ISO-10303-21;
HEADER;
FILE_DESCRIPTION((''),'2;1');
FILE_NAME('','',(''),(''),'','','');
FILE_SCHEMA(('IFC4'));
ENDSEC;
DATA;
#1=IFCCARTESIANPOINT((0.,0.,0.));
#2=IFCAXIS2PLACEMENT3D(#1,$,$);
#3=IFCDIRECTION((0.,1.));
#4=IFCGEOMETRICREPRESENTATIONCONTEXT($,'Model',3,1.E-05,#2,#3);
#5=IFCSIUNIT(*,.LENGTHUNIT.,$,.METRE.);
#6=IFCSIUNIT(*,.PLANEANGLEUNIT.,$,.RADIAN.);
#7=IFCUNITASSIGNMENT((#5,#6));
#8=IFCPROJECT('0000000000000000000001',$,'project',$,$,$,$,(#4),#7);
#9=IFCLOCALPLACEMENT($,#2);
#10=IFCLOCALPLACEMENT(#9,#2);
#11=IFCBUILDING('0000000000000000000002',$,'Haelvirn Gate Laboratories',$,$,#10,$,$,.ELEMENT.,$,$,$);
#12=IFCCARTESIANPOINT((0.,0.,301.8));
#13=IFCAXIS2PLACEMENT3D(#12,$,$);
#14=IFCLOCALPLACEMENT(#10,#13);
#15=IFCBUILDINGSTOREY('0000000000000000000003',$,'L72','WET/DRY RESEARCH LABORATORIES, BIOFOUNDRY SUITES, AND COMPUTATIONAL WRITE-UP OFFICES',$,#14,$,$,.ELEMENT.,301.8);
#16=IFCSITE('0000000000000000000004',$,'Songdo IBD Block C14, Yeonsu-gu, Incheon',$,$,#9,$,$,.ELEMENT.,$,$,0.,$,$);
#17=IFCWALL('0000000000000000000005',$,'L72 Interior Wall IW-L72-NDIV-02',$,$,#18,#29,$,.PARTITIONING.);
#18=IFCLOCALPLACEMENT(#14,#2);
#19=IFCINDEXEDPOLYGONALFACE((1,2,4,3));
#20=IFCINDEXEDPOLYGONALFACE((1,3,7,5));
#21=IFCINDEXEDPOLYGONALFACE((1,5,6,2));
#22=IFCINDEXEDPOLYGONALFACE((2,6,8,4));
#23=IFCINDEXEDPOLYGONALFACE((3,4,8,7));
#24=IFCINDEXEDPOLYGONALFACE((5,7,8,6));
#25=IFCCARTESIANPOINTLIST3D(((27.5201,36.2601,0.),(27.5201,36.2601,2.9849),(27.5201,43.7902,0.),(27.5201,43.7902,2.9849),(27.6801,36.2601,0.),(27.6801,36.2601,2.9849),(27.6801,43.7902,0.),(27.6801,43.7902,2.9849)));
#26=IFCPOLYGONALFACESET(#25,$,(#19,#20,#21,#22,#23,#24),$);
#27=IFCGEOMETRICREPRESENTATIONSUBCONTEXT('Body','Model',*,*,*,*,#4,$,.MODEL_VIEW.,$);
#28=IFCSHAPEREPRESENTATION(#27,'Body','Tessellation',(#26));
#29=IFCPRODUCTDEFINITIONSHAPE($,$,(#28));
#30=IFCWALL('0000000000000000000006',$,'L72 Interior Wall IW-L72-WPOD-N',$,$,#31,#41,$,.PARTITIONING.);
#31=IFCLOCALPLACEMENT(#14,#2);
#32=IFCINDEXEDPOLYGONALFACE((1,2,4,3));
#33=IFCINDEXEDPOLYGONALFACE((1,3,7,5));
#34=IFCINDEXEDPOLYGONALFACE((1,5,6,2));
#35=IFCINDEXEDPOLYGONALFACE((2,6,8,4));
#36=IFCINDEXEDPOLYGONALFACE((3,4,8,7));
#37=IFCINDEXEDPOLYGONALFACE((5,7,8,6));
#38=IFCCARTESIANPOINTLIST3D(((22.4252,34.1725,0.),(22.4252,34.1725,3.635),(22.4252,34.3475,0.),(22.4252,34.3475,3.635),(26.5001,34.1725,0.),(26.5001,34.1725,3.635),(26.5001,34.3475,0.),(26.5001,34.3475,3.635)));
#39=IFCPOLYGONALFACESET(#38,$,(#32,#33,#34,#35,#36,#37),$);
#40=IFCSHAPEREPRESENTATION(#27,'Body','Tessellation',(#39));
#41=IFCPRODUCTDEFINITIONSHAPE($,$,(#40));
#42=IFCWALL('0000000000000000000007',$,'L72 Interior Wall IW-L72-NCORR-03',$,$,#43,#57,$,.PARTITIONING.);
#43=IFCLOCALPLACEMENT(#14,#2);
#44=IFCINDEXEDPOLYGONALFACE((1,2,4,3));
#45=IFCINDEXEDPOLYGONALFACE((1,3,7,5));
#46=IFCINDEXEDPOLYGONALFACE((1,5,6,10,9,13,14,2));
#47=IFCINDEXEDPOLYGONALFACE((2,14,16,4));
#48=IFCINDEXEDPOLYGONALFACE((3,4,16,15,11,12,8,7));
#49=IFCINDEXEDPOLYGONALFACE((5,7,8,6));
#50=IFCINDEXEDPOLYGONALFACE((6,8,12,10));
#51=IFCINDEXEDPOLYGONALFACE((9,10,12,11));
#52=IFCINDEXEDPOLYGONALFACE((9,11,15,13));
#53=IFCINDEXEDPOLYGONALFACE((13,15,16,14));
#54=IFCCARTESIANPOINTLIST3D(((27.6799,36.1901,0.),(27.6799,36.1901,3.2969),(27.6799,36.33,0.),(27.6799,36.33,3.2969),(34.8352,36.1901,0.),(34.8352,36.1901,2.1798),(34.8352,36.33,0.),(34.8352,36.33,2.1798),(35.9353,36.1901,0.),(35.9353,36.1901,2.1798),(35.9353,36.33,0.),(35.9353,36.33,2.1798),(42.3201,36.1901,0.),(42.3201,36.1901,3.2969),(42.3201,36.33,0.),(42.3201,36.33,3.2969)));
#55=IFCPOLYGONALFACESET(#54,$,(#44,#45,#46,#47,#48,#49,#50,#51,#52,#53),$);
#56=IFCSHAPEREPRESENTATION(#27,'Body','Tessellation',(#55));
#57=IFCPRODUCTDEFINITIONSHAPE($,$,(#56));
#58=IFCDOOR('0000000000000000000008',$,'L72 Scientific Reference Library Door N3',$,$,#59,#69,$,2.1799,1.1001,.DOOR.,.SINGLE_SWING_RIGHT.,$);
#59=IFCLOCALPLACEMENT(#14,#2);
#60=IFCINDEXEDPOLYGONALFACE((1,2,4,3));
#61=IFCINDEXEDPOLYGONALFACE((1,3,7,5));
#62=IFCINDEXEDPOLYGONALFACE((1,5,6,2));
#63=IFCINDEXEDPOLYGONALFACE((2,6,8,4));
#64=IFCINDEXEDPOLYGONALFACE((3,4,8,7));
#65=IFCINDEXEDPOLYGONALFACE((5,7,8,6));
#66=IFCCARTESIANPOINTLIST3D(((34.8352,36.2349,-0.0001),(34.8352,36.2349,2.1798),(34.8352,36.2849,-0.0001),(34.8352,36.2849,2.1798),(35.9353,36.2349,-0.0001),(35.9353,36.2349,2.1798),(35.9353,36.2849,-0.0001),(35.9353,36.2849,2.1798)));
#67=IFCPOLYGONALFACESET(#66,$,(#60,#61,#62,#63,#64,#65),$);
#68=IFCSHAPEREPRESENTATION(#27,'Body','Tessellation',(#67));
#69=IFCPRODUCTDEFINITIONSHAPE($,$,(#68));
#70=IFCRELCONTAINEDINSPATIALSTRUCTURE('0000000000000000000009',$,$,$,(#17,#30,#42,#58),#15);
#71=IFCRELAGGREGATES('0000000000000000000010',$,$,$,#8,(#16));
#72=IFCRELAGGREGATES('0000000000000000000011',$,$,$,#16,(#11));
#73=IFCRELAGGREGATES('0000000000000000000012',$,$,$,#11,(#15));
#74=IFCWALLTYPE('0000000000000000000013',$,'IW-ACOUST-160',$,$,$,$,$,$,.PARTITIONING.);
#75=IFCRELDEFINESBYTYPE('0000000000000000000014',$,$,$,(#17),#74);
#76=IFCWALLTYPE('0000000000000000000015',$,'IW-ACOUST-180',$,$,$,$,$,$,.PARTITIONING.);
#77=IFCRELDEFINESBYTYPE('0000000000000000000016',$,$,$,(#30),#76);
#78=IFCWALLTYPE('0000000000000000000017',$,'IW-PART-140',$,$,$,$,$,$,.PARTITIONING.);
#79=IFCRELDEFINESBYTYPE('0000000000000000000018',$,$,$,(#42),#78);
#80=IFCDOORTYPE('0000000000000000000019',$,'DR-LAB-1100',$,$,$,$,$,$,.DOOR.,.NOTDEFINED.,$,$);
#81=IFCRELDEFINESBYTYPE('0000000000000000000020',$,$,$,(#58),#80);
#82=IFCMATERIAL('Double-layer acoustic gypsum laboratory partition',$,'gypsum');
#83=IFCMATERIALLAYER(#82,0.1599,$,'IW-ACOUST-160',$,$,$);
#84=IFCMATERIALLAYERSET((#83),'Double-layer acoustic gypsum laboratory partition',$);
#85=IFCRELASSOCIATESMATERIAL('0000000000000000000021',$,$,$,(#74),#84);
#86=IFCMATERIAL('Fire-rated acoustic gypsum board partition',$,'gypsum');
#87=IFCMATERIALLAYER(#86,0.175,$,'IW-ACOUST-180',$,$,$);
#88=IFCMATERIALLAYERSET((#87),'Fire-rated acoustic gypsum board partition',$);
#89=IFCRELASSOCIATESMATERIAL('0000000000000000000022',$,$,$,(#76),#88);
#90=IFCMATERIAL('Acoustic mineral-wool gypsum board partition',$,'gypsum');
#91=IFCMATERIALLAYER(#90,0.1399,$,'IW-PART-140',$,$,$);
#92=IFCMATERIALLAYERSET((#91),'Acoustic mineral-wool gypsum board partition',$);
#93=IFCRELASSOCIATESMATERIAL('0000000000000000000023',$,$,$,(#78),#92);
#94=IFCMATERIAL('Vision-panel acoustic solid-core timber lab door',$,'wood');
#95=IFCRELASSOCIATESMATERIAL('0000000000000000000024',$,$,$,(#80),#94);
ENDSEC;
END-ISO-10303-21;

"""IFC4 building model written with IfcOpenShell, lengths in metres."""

from ifc_helpers import new_model, si_unit, direction, frame, frame_2d, origin, place, context, subcontext, project, spatial, rectangle, extrude, source, transform, mapped, material, layer, layer_set, type_object, type_shapes, element, fill, save


model = new_model("IFC4")

# Units and contexts
model_context = context("Model", 3, precision=1e-05, world=origin(), true_north=direction((0.0, 1.0)))
body_context = subcontext(model_context, "Body", "Model", "MODEL_VIEW")
ifc_project = project(units=[si_unit("LENGTHUNIT", "METRE"), si_unit("PLANEANGLEUNIT", "RADIAN")], contexts=[model_context])

# Site, building, storey
site_placement = place(None, origin())
site = spatial("IfcSite", under=ifc_project, at=site_placement, Name="Songdo IBD Block C14, Yeonsu-gu, Incheon", CompositionType="ELEMENT", RefElevation=0.0)
building_placement = place(site_placement, origin())
building = spatial("IfcBuilding", under=site, at=building_placement, Name="Haelvirn Gate Laboratories", CompositionType="ELEMENT")
storey_placement = place(building_placement, frame((0.0, 0.0, 301.8)))
storey = spatial("IfcBuildingStorey", under=building, at=storey_placement, Name="L72", Description="WET/DRY RESEARCH LABORATORIES, BIOFOUNDRY SUITES, AND COMPUTATIONAL WRITE-UP OFFICES", CompositionType="ELEMENT", Elevation=301.8)

# Walls
ifc_material_1 = material(Name="Double-layer acoustic gypsum laboratory partition", Category="gypsum")
ifc_layer_1 = layer(ifc_material_1, 0.1599, Name="IW-ACOUST-160")
ifc_layer_set_1 = layer_set([ifc_layer_1], Name="Double-layer acoustic gypsum laboratory partition")
wall_type_1 = type_object("IfcWallType", Name="IW-ACOUST-160", PredefinedType="PARTITIONING", material=ifc_layer_set_1)
wall_1_placement = place(storey_placement, frame((27.6001, 36.26, 0.0), z_axis=(0.0, 0.0, 1.0), x_axis=(0.0, 1.0, 0.0)))
element("IfcWall", 1, at=wall_1_placement, inside=storey, type_object=wall_type_1, Name="L72 Interior Wall IW-L72-NDIV-02", PredefinedType="PARTITIONING", context=body_context, shape_type="SweptSolid", body=[
    extrude(rectangle(XDim=7.53, YDim=0.1599, at=frame_2d((3.7651, 0.0))), origin(), (0.0, 0.0, 1.0), 2.9849),
])
ifc_material_2 = material(Name="Fire-rated acoustic gypsum board partition", Category="gypsum")
ifc_layer_2 = layer(ifc_material_2, 0.175, Name="IW-ACOUST-180")
ifc_layer_set_2 = layer_set([ifc_layer_2], Name="Fire-rated acoustic gypsum board partition")
wall_type_2 = type_object("IfcWallType", Name="IW-ACOUST-180", PredefinedType="PARTITIONING", material=ifc_layer_set_2)
wall_2_placement = place(storey_placement, frame((22.425, 34.26, 0.0), z_axis=(0.0, 0.0, 1.0), x_axis=(1.0, 0.0, 0.0)))
element("IfcWall", 2, at=wall_2_placement, inside=storey, type_object=wall_type_2, Name="L72 Interior Wall IW-L72-WPOD-N", PredefinedType="PARTITIONING", context=body_context, shape_type="SweptSolid", body=[
    extrude(rectangle(XDim=4.075, YDim=0.175, at=frame_2d((2.0376, 0.0))), origin(), (0.0, 0.0, 1.0), 3.635),
])

# Wall, opening, door
ifc_material_3 = material(Name="Acoustic mineral-wool gypsum board partition", Category="gypsum")
ifc_layer_3 = layer(ifc_material_3, 0.1399, Name="IW-PART-140")
ifc_layer_set_3 = layer_set([ifc_layer_3], Name="Acoustic mineral-wool gypsum board partition")
wall_type_3 = type_object("IfcWallType", Name="IW-PART-140", PredefinedType="PARTITIONING", material=ifc_layer_set_3)
wall_3_placement = place(storey_placement, frame((27.6799, 36.26, 0.0), z_axis=(0.0, 0.0, 1.0), x_axis=(1.0, 0.0, 0.0)))
wall_3 = element("IfcWall", 3, at=wall_3_placement, inside=storey, type_object=wall_type_3, Name="L72 Interior Wall IW-L72-NCORR-03", PredefinedType="PARTITIONING", context=body_context, shape_type="SweptSolid", body=[
    extrude(rectangle(XDim=14.6401, YDim=0.1399, at=frame_2d((7.3201, 0.0))), origin(), (0.0, 0.0, 1.0), 3.2969),
])
opening_placement = place(wall_3_placement, frame((7.1553, 0.0, 0.0)))
opening = element("IfcOpeningElement", 4, at=opening_placement, cuts=wall_3, PredefinedType="OPENING", context=body_context, shape_type="SweptSolid", body=[
    extrude(rectangle(XDim=1.1001, YDim=2.1799, at=frame_2d((0.55, 1.0898))), frame((0.0, 0.0801, 0.0), z_axis=(0.0, -1.0, 0.0), x_axis=(1.0, 0.0, 0.0)), (0.0, 0.0, 1.0), 0.1599),
])
ifc_material_4 = material(Name="Vision-panel acoustic solid-core timber lab door", Category="wood")
door_type = type_object("IfcDoorType", Name="DR-LAB-1100", OperationType="NOTDEFINED", PredefinedType="DOOR", material=ifc_material_4)
shared_shape_1 = source(origin(), body_context, "Body", "SweptSolid", [
    extrude(rectangle(XDim=1.1001, YDim=2.1799, at=frame_2d((0.55, 1.0898))), frame((0.0, 0.0249, 0.0), z_axis=(0.0, -1.0, 0.0), x_axis=(1.0, 0.0, 0.0)), (0.0, 0.0, 1.0), 0.05),
])
type_shapes(door_type, [shared_shape_1])
door_placement = place(opening_placement, origin())
door = element("IfcDoor", 5, at=door_placement, inside=storey, type_object=door_type, Name="L72 Scientific Reference Library Door N3", OperationType="SINGLE_SWING_RIGHT", OverallHeight=2.1799, OverallWidth=1.1001, PredefinedType="DOOR", context=body_context, shape_type="MappedRepresentation", body=[
    mapped(shared_shape_1, transform((0.0, 0.0, 0.0), scale=1.0)),
])
fill(opening, door)

save(model, "model.ifc")
